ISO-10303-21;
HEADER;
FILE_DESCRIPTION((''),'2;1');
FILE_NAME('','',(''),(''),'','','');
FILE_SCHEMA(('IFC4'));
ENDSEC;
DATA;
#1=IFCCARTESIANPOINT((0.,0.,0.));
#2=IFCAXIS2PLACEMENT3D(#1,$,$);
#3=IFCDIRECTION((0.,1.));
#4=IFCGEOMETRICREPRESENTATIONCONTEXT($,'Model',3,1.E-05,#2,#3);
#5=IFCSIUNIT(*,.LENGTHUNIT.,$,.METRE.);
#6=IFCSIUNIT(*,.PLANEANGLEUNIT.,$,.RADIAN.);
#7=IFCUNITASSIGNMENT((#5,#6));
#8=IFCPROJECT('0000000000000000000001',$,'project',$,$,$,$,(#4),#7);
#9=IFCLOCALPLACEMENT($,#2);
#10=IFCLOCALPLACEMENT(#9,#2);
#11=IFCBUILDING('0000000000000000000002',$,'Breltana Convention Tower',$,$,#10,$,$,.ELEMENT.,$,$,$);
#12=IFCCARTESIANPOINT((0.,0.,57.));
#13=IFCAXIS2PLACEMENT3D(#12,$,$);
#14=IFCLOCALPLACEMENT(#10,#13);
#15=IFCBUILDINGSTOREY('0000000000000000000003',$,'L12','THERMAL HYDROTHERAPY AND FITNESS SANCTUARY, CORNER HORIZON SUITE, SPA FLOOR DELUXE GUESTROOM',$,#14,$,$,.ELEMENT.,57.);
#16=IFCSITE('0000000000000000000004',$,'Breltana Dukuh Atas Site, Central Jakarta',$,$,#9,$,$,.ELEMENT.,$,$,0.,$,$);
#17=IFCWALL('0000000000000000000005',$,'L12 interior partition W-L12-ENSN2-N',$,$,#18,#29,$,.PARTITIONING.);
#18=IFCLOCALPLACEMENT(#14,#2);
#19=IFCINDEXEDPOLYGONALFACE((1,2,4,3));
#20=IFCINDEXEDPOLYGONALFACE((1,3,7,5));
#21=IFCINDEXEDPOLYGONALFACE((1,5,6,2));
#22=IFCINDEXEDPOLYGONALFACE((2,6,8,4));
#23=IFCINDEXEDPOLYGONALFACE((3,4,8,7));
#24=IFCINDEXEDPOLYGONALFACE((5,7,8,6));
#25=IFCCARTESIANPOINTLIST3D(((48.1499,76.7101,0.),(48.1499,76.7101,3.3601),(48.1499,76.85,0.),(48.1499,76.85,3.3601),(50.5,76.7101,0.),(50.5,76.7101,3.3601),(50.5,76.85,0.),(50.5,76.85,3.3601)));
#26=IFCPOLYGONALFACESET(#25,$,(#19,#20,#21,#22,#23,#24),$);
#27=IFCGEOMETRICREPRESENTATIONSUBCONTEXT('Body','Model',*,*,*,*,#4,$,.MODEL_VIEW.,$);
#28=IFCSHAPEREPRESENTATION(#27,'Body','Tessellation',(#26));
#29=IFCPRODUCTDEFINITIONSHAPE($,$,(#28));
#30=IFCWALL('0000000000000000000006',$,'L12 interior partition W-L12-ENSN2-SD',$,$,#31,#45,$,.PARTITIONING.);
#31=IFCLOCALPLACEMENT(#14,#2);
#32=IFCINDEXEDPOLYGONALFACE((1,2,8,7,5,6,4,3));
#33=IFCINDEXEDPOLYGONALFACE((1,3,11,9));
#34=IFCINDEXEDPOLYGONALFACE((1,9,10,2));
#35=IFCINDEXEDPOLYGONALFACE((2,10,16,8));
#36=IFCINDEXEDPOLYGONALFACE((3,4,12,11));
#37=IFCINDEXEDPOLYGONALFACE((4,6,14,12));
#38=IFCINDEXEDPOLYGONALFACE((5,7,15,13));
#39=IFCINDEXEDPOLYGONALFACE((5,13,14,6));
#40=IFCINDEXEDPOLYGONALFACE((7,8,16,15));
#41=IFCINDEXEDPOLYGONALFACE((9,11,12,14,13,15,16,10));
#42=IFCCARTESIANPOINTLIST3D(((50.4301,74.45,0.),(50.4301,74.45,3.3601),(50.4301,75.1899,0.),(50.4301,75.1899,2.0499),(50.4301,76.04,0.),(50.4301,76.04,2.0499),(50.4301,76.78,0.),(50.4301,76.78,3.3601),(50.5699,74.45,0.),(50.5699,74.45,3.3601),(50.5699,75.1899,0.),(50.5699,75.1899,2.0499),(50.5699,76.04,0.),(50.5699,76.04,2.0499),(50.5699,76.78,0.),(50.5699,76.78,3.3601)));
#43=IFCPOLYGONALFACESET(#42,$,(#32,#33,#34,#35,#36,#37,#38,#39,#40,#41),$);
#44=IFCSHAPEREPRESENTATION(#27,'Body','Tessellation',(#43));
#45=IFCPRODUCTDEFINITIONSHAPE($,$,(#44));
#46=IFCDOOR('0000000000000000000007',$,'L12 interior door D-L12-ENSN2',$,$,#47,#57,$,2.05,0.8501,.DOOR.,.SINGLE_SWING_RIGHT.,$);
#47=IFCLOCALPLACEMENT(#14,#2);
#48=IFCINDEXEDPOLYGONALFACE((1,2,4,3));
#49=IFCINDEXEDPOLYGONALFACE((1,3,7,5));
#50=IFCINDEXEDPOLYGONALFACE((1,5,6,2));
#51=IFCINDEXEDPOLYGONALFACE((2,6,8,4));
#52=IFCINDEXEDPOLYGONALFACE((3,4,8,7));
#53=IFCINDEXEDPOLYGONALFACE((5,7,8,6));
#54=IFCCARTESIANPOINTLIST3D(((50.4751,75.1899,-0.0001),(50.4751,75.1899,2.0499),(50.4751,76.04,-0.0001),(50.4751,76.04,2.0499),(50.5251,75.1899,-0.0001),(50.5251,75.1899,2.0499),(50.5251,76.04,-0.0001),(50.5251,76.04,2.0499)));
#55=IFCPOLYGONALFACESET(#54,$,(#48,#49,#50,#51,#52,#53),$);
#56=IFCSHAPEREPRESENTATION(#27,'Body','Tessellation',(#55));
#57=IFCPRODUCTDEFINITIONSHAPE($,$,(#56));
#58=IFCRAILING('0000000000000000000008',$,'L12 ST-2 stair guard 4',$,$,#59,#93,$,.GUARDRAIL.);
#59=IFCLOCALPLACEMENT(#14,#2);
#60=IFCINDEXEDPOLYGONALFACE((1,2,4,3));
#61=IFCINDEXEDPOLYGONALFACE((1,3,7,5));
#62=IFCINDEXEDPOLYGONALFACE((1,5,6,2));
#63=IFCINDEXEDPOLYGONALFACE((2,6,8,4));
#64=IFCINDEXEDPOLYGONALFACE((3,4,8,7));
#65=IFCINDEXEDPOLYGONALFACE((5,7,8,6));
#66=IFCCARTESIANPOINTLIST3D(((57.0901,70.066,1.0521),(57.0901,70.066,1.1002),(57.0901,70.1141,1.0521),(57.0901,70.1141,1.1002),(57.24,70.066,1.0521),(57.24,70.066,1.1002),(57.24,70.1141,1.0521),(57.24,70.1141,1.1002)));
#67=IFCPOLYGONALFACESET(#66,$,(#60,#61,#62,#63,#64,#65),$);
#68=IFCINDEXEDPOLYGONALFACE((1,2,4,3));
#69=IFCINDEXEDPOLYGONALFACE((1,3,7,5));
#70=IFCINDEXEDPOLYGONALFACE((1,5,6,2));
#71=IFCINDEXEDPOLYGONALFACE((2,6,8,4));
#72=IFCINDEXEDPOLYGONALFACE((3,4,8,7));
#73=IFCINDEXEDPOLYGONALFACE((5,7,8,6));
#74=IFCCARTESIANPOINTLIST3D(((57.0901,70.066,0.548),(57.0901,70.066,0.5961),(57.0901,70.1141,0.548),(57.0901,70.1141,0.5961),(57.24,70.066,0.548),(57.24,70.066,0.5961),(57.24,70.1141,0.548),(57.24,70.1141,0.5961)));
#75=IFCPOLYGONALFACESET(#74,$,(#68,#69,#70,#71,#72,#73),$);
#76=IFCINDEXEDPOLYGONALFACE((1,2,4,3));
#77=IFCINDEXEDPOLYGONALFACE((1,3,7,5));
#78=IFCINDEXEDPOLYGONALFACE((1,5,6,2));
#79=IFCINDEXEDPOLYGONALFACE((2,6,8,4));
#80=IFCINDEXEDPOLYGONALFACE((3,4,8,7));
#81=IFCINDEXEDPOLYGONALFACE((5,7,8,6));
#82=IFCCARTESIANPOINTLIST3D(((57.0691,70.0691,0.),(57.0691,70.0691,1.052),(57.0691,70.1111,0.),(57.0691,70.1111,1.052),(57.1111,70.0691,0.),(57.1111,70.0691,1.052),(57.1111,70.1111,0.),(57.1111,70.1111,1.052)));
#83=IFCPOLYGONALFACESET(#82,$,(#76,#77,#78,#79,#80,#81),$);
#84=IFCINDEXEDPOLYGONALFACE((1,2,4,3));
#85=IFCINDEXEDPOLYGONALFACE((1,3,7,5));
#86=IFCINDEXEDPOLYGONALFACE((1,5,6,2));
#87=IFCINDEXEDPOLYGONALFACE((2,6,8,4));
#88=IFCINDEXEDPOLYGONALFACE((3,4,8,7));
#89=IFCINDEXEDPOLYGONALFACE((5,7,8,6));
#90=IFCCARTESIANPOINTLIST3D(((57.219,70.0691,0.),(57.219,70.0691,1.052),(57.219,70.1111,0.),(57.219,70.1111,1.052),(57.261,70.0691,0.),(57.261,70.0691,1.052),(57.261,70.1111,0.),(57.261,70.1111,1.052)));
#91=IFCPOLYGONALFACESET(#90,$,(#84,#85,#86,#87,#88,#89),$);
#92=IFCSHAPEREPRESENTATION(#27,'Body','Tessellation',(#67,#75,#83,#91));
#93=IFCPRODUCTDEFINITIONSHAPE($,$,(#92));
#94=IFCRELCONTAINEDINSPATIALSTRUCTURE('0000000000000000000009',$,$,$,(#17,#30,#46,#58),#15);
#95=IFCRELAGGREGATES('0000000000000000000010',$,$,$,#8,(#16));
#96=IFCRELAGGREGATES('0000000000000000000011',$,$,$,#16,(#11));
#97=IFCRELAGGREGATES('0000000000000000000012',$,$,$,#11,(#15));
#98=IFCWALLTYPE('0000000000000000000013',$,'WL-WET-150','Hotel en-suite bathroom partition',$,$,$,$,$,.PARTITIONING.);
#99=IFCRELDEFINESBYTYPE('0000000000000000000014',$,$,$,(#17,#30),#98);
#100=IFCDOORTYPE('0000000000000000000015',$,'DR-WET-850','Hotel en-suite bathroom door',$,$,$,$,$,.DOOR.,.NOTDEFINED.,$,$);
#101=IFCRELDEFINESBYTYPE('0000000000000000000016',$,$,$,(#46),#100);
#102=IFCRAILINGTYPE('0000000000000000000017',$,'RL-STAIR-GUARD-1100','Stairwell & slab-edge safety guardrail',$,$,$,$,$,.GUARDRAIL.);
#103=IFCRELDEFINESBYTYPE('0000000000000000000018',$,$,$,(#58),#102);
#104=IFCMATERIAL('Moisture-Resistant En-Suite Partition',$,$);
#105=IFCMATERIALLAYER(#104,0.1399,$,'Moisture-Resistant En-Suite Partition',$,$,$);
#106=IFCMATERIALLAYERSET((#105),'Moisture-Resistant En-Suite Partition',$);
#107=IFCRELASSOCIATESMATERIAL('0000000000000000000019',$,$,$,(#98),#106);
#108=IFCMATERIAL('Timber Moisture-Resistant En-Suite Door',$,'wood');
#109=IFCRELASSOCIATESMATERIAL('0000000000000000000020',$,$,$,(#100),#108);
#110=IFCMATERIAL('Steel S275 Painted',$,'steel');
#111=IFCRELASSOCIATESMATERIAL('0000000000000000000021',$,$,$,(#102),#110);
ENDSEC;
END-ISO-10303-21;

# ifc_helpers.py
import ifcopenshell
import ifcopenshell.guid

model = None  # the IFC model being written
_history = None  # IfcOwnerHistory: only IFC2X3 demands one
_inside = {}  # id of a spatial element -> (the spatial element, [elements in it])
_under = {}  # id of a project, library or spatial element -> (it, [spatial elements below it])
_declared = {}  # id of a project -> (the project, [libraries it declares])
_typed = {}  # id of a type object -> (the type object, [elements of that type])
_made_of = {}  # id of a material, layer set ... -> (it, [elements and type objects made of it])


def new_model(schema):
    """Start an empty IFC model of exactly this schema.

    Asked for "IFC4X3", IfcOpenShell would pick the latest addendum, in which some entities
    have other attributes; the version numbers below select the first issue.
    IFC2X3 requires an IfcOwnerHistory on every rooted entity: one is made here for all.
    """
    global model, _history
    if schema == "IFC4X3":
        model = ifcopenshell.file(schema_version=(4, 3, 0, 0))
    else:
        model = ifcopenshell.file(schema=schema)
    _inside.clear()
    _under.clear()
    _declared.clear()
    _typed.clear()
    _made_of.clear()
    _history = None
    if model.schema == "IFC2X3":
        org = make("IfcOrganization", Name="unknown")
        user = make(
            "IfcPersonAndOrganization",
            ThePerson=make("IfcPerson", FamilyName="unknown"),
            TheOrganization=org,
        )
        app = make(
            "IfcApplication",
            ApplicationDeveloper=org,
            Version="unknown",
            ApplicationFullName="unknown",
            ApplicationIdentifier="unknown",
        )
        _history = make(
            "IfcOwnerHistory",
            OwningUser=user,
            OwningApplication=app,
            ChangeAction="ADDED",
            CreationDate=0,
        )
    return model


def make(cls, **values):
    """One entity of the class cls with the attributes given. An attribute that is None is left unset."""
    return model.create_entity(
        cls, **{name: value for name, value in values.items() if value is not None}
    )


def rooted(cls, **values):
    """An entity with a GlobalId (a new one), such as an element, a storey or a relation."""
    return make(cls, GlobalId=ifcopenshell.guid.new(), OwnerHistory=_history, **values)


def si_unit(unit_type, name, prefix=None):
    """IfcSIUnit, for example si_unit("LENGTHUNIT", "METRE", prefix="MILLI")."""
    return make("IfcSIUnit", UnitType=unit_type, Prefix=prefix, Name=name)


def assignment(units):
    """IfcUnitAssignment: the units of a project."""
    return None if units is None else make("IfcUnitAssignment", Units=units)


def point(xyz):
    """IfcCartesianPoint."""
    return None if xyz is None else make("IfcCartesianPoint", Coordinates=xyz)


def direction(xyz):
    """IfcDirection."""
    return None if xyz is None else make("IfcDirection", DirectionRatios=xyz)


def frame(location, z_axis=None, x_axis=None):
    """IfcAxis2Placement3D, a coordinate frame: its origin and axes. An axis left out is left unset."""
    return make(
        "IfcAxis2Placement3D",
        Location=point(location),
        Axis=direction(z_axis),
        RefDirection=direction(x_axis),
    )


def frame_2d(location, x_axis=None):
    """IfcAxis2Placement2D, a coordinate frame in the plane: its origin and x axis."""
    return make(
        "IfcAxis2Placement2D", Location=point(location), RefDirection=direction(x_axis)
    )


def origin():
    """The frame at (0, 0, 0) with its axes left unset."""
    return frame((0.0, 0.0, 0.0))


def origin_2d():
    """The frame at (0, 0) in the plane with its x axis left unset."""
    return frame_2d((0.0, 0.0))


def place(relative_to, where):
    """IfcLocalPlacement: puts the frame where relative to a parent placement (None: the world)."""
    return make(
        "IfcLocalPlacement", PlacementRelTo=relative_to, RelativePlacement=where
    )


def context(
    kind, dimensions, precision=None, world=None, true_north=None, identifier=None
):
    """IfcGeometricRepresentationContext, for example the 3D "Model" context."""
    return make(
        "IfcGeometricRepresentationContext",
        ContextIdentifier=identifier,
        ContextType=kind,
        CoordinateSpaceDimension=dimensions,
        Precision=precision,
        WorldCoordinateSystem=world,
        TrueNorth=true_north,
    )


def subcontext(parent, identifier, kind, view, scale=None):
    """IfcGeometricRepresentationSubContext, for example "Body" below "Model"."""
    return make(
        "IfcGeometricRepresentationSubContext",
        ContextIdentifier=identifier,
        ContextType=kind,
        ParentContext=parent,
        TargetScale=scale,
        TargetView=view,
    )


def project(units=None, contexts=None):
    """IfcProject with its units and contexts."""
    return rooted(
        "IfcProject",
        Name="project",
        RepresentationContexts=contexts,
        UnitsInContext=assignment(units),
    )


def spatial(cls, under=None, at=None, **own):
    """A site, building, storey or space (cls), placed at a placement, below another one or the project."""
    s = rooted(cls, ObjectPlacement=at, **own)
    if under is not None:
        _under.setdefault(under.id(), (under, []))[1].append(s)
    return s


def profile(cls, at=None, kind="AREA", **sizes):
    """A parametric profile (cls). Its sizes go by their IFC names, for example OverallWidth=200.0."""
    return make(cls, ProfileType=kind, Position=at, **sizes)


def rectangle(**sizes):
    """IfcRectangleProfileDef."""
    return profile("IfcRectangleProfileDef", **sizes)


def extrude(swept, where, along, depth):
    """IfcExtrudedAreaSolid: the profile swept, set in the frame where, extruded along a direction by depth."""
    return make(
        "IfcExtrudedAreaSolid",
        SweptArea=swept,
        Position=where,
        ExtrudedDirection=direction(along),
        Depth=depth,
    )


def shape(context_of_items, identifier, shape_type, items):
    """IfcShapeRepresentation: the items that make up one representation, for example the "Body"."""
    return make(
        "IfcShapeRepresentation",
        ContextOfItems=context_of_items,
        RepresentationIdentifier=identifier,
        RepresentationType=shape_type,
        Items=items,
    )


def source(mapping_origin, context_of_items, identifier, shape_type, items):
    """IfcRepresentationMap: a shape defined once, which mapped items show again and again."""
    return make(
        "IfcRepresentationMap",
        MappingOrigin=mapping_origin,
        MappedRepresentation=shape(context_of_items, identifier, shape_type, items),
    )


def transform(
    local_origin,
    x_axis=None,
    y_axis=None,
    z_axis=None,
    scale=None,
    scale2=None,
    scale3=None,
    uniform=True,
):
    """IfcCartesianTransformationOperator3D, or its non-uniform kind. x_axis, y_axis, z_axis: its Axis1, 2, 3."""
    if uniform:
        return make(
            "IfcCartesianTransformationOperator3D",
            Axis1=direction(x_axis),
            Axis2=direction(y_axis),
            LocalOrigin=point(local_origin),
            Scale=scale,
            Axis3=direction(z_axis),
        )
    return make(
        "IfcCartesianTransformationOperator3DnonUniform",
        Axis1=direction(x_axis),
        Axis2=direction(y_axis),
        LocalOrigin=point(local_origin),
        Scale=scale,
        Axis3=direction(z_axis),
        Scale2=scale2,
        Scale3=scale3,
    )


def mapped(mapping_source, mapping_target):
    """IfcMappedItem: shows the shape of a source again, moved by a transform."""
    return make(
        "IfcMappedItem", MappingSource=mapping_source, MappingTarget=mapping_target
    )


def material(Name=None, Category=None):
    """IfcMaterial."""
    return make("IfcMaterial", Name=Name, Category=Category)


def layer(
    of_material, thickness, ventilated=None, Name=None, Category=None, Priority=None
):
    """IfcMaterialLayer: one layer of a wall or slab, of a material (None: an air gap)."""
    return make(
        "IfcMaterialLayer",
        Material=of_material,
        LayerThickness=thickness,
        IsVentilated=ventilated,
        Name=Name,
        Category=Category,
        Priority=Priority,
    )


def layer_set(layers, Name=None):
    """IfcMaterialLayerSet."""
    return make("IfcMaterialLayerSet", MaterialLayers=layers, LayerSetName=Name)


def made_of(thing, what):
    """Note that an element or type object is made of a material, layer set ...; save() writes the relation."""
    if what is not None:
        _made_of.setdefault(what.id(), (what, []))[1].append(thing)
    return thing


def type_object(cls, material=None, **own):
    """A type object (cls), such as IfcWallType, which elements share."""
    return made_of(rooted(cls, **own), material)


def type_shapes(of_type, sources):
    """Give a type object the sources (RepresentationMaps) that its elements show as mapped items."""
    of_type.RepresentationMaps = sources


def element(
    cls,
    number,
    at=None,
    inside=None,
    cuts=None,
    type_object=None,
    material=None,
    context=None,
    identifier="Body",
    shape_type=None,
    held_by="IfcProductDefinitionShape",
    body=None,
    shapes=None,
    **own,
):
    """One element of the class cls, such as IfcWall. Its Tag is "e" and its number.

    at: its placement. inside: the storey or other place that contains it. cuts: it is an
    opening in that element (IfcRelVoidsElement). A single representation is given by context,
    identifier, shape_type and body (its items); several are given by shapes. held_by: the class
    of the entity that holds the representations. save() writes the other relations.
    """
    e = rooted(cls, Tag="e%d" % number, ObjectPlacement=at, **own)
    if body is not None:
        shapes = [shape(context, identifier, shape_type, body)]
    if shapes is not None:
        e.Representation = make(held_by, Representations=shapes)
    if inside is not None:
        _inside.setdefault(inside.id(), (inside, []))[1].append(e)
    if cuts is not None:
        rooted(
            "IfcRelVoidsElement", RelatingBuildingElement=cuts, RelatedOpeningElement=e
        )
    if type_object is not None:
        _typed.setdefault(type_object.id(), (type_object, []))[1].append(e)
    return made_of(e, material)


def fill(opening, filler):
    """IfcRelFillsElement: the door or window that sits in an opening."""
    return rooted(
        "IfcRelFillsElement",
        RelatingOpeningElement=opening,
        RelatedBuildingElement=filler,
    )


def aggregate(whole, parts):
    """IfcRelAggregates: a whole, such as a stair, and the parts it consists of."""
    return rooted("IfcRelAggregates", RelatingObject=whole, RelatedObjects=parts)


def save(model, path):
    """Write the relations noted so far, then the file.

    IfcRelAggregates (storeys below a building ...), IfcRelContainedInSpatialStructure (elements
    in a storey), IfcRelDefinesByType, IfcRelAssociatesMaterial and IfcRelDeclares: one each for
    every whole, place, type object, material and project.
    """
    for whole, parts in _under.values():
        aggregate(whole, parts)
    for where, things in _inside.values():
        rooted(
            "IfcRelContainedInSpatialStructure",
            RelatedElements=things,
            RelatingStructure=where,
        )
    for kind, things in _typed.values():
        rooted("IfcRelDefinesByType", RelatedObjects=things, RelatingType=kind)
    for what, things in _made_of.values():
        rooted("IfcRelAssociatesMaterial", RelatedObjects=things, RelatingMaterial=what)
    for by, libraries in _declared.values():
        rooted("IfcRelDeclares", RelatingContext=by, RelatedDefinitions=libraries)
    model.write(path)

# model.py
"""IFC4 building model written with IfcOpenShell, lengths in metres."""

from ifc_helpers import new_model, si_unit, direction, frame, frame_2d, origin, origin_2d, place, context, subcontext, project, spatial, rectangle, extrude, source, transform, mapped, material, layer, layer_set, type_object, type_shapes, element, fill, save


model = new_model("IFC4")

# Units and contexts
model_context = context("Model", 3, precision=1e-05, world=origin(), true_north=direction((0.0, 1.0)))
body_context = subcontext(model_context, "Body", "Model", "MODEL_VIEW")
ifc_project = project(units=[si_unit("LENGTHUNIT", "METRE"), si_unit("PLANEANGLEUNIT", "RADIAN")], contexts=[model_context])

# Site, building, storey
site_placement = place(None, origin())
site = spatial("IfcSite", under=ifc_project, at=site_placement, Name="Breltana Dukuh Atas Site, Central Jakarta", CompositionType="ELEMENT", RefElevation=0.0)
building_placement = place(site_placement, origin())
building = spatial("IfcBuilding", under=site, at=building_placement, Name="Breltana Convention Tower", CompositionType="ELEMENT")
storey_placement = place(building_placement, frame((0.0, 0.0, 57.0)))
storey = spatial("IfcBuildingStorey", under=building, at=storey_placement, Name="L12", Description="THERMAL HYDROTHERAPY AND FITNESS SANCTUARY, CORNER HORIZON SUITE, SPA FLOOR DELUXE GUESTROOM", CompositionType="ELEMENT", Elevation=57.0)

# Wall
ifc_material_1 = material(Name="Moisture-Resistant En-Suite Partition")
ifc_layer_1 = layer(ifc_material_1, 0.1399, Name="Moisture-Resistant En-Suite Partition")
ifc_layer_set_1 = layer_set([ifc_layer_1], Name="Moisture-Resistant En-Suite Partition")
wall_type_1 = type_object("IfcWallType", Name="WL-WET-150", Description="Hotel en-suite bathroom partition", PredefinedType="PARTITIONING", material=ifc_layer_set_1)
shared_shape_1 = source(origin(), body_context, "Body", "SweptSolid", [
    extrude(rectangle(XDim=2.3501, YDim=0.1399, at=frame_2d((1.175, 0.0))), origin(), (0.0, 0.0, 1.0), 3.3601),
])
type_shapes(wall_type_1, [shared_shape_1])
wall_1_placement = place(storey_placement, frame((48.1499, 76.78, 0.0), z_axis=(0.0, 0.0, 1.0), x_axis=(1.0, 0.0, 0.0)))
element("IfcWall", 1, at=wall_1_placement, inside=storey, type_object=wall_type_1, Name="L12 interior partition W-L12-ENSN2-N", PredefinedType="PARTITIONING", context=body_context, shape_type="MappedRepresentation", body=[
    mapped(shared_shape_1, transform((0.0, 0.0, 0.0), scale=1.0)),
])

# Wall, opening, door
shared_shape_2 = source(origin(), body_context, "Body", "SweptSolid", [
    extrude(rectangle(XDim=2.3301, YDim=0.1399, at=frame_2d((1.165, 0.0))), origin(), (0.0, 0.0, 1.0), 3.3601),
])
wall_2_placement = place(storey_placement, frame((50.5, 74.45, 0.0), z_axis=(0.0, 0.0, 1.0), x_axis=(0.0, 1.0, 0.0)))
wall_2 = element("IfcWall", 2, at=wall_2_placement, inside=storey, type_object=wall_type_1, Name="L12 interior partition W-L12-ENSN2-SD", PredefinedType="PARTITIONING", context=body_context, shape_type="MappedRepresentation", body=[
    mapped(shared_shape_2, transform((0.0, 0.0, 0.0), scale=1.0)),
])
opening_1_placement = place(wall_2_placement, frame((0.74, 0.0, 0.0)))
opening_1 = element("IfcOpeningElement", 3, at=opening_1_placement, cuts=wall_2, PredefinedType="OPENING", context=body_context, shape_type="SweptSolid", body=[
    extrude(rectangle(XDim=0.8501, YDim=2.05, at=frame_2d((0.425, 1.0249))), frame((0.0, 0.0801, 0.0), z_axis=(0.0, -1.0, 0.0), x_axis=(1.0, 0.0, 0.0)), (0.0, 0.0, 1.0), 0.1599),
])
ifc_material_2 = material(Name="Timber Moisture-Resistant En-Suite Door", Category="wood")
door_type_1 = type_object("IfcDoorType", Name="DR-WET-850", Description="Hotel en-suite bathroom door", OperationType="NOTDEFINED", PredefinedType="DOOR", material=ifc_material_2)
shared_shape_3 = source(origin(), body_context, "Body", "SweptSolid", [
    extrude(rectangle(XDim=0.8501, YDim=2.05, at=frame_2d((0.425, 1.0249))), frame((0.0, 0.0249, 0.0), z_axis=(0.0, -1.0, 0.0), x_axis=(1.0, 0.0, 0.0)), (0.0, 0.0, 1.0), 0.05),
])
type_shapes(door_type_1, [shared_shape_3])
door_1_placement = place(opening_1_placement, origin())
door_1 = element("IfcDoor", 4, at=door_1_placement, inside=storey, type_object=door_type_1, Name="L12 interior door D-L12-ENSN2", OperationType="SINGLE_SWING_RIGHT", OverallHeight=2.05, OverallWidth=0.8501, PredefinedType="DOOR", context=body_context, shape_type="MappedRepresentation", body=[
    mapped(shared_shape_3, transform((0.0, 0.0, 0.0), scale=1.0)),
])
fill(opening_1, door_1)

# Railing
ifc_material_3 = material(Name="Steel S275 Painted", Category="steel")
railing_type = type_object("IfcRailingType", Name="RL-STAIR-GUARD-1100", Description="Stairwell & slab-edge safety guardrail", PredefinedType="GUARDRAIL", material=ifc_material_3)
railing_placement = place(storey_placement, frame((57.0901, 70.0901, 0.0)))
element("IfcRailing", 5, at=railing_placement, inside=storey, type_object=railing_type, Name="L12 ST-2 stair guard 4", PredefinedType="GUARDRAIL", context=body_context, shape_type="SweptSolid", body=[
    extrude(rectangle(XDim=0.0481, YDim=0.0481, at=origin_2d()), frame((0.0, 0.0, 1.0762), z_axis=(1.0, 0.0, 0.0), x_axis=(0.0, 1.0, 0.0)), (0.0, 0.0, 1.0), 0.1499),
    extrude(rectangle(XDim=0.0481, YDim=0.0481, at=origin_2d()), frame((0.0, 0.0, 0.572), z_axis=(1.0, 0.0, 0.0), x_axis=(0.0, 1.0, 0.0)), (0.0, 0.0, 1.0), 0.1499),
    extrude(rectangle(XDim=0.042, YDim=0.042, at=origin_2d()), origin(), (0.0, 0.0, 1.0), 1.052),
    extrude(rectangle(XDim=0.042, YDim=0.042, at=origin_2d()), frame((0.1499, 0.0, 0.0)), (0.0, 0.0, 1.0), 1.052),
])

save(model, "model.ifc")
